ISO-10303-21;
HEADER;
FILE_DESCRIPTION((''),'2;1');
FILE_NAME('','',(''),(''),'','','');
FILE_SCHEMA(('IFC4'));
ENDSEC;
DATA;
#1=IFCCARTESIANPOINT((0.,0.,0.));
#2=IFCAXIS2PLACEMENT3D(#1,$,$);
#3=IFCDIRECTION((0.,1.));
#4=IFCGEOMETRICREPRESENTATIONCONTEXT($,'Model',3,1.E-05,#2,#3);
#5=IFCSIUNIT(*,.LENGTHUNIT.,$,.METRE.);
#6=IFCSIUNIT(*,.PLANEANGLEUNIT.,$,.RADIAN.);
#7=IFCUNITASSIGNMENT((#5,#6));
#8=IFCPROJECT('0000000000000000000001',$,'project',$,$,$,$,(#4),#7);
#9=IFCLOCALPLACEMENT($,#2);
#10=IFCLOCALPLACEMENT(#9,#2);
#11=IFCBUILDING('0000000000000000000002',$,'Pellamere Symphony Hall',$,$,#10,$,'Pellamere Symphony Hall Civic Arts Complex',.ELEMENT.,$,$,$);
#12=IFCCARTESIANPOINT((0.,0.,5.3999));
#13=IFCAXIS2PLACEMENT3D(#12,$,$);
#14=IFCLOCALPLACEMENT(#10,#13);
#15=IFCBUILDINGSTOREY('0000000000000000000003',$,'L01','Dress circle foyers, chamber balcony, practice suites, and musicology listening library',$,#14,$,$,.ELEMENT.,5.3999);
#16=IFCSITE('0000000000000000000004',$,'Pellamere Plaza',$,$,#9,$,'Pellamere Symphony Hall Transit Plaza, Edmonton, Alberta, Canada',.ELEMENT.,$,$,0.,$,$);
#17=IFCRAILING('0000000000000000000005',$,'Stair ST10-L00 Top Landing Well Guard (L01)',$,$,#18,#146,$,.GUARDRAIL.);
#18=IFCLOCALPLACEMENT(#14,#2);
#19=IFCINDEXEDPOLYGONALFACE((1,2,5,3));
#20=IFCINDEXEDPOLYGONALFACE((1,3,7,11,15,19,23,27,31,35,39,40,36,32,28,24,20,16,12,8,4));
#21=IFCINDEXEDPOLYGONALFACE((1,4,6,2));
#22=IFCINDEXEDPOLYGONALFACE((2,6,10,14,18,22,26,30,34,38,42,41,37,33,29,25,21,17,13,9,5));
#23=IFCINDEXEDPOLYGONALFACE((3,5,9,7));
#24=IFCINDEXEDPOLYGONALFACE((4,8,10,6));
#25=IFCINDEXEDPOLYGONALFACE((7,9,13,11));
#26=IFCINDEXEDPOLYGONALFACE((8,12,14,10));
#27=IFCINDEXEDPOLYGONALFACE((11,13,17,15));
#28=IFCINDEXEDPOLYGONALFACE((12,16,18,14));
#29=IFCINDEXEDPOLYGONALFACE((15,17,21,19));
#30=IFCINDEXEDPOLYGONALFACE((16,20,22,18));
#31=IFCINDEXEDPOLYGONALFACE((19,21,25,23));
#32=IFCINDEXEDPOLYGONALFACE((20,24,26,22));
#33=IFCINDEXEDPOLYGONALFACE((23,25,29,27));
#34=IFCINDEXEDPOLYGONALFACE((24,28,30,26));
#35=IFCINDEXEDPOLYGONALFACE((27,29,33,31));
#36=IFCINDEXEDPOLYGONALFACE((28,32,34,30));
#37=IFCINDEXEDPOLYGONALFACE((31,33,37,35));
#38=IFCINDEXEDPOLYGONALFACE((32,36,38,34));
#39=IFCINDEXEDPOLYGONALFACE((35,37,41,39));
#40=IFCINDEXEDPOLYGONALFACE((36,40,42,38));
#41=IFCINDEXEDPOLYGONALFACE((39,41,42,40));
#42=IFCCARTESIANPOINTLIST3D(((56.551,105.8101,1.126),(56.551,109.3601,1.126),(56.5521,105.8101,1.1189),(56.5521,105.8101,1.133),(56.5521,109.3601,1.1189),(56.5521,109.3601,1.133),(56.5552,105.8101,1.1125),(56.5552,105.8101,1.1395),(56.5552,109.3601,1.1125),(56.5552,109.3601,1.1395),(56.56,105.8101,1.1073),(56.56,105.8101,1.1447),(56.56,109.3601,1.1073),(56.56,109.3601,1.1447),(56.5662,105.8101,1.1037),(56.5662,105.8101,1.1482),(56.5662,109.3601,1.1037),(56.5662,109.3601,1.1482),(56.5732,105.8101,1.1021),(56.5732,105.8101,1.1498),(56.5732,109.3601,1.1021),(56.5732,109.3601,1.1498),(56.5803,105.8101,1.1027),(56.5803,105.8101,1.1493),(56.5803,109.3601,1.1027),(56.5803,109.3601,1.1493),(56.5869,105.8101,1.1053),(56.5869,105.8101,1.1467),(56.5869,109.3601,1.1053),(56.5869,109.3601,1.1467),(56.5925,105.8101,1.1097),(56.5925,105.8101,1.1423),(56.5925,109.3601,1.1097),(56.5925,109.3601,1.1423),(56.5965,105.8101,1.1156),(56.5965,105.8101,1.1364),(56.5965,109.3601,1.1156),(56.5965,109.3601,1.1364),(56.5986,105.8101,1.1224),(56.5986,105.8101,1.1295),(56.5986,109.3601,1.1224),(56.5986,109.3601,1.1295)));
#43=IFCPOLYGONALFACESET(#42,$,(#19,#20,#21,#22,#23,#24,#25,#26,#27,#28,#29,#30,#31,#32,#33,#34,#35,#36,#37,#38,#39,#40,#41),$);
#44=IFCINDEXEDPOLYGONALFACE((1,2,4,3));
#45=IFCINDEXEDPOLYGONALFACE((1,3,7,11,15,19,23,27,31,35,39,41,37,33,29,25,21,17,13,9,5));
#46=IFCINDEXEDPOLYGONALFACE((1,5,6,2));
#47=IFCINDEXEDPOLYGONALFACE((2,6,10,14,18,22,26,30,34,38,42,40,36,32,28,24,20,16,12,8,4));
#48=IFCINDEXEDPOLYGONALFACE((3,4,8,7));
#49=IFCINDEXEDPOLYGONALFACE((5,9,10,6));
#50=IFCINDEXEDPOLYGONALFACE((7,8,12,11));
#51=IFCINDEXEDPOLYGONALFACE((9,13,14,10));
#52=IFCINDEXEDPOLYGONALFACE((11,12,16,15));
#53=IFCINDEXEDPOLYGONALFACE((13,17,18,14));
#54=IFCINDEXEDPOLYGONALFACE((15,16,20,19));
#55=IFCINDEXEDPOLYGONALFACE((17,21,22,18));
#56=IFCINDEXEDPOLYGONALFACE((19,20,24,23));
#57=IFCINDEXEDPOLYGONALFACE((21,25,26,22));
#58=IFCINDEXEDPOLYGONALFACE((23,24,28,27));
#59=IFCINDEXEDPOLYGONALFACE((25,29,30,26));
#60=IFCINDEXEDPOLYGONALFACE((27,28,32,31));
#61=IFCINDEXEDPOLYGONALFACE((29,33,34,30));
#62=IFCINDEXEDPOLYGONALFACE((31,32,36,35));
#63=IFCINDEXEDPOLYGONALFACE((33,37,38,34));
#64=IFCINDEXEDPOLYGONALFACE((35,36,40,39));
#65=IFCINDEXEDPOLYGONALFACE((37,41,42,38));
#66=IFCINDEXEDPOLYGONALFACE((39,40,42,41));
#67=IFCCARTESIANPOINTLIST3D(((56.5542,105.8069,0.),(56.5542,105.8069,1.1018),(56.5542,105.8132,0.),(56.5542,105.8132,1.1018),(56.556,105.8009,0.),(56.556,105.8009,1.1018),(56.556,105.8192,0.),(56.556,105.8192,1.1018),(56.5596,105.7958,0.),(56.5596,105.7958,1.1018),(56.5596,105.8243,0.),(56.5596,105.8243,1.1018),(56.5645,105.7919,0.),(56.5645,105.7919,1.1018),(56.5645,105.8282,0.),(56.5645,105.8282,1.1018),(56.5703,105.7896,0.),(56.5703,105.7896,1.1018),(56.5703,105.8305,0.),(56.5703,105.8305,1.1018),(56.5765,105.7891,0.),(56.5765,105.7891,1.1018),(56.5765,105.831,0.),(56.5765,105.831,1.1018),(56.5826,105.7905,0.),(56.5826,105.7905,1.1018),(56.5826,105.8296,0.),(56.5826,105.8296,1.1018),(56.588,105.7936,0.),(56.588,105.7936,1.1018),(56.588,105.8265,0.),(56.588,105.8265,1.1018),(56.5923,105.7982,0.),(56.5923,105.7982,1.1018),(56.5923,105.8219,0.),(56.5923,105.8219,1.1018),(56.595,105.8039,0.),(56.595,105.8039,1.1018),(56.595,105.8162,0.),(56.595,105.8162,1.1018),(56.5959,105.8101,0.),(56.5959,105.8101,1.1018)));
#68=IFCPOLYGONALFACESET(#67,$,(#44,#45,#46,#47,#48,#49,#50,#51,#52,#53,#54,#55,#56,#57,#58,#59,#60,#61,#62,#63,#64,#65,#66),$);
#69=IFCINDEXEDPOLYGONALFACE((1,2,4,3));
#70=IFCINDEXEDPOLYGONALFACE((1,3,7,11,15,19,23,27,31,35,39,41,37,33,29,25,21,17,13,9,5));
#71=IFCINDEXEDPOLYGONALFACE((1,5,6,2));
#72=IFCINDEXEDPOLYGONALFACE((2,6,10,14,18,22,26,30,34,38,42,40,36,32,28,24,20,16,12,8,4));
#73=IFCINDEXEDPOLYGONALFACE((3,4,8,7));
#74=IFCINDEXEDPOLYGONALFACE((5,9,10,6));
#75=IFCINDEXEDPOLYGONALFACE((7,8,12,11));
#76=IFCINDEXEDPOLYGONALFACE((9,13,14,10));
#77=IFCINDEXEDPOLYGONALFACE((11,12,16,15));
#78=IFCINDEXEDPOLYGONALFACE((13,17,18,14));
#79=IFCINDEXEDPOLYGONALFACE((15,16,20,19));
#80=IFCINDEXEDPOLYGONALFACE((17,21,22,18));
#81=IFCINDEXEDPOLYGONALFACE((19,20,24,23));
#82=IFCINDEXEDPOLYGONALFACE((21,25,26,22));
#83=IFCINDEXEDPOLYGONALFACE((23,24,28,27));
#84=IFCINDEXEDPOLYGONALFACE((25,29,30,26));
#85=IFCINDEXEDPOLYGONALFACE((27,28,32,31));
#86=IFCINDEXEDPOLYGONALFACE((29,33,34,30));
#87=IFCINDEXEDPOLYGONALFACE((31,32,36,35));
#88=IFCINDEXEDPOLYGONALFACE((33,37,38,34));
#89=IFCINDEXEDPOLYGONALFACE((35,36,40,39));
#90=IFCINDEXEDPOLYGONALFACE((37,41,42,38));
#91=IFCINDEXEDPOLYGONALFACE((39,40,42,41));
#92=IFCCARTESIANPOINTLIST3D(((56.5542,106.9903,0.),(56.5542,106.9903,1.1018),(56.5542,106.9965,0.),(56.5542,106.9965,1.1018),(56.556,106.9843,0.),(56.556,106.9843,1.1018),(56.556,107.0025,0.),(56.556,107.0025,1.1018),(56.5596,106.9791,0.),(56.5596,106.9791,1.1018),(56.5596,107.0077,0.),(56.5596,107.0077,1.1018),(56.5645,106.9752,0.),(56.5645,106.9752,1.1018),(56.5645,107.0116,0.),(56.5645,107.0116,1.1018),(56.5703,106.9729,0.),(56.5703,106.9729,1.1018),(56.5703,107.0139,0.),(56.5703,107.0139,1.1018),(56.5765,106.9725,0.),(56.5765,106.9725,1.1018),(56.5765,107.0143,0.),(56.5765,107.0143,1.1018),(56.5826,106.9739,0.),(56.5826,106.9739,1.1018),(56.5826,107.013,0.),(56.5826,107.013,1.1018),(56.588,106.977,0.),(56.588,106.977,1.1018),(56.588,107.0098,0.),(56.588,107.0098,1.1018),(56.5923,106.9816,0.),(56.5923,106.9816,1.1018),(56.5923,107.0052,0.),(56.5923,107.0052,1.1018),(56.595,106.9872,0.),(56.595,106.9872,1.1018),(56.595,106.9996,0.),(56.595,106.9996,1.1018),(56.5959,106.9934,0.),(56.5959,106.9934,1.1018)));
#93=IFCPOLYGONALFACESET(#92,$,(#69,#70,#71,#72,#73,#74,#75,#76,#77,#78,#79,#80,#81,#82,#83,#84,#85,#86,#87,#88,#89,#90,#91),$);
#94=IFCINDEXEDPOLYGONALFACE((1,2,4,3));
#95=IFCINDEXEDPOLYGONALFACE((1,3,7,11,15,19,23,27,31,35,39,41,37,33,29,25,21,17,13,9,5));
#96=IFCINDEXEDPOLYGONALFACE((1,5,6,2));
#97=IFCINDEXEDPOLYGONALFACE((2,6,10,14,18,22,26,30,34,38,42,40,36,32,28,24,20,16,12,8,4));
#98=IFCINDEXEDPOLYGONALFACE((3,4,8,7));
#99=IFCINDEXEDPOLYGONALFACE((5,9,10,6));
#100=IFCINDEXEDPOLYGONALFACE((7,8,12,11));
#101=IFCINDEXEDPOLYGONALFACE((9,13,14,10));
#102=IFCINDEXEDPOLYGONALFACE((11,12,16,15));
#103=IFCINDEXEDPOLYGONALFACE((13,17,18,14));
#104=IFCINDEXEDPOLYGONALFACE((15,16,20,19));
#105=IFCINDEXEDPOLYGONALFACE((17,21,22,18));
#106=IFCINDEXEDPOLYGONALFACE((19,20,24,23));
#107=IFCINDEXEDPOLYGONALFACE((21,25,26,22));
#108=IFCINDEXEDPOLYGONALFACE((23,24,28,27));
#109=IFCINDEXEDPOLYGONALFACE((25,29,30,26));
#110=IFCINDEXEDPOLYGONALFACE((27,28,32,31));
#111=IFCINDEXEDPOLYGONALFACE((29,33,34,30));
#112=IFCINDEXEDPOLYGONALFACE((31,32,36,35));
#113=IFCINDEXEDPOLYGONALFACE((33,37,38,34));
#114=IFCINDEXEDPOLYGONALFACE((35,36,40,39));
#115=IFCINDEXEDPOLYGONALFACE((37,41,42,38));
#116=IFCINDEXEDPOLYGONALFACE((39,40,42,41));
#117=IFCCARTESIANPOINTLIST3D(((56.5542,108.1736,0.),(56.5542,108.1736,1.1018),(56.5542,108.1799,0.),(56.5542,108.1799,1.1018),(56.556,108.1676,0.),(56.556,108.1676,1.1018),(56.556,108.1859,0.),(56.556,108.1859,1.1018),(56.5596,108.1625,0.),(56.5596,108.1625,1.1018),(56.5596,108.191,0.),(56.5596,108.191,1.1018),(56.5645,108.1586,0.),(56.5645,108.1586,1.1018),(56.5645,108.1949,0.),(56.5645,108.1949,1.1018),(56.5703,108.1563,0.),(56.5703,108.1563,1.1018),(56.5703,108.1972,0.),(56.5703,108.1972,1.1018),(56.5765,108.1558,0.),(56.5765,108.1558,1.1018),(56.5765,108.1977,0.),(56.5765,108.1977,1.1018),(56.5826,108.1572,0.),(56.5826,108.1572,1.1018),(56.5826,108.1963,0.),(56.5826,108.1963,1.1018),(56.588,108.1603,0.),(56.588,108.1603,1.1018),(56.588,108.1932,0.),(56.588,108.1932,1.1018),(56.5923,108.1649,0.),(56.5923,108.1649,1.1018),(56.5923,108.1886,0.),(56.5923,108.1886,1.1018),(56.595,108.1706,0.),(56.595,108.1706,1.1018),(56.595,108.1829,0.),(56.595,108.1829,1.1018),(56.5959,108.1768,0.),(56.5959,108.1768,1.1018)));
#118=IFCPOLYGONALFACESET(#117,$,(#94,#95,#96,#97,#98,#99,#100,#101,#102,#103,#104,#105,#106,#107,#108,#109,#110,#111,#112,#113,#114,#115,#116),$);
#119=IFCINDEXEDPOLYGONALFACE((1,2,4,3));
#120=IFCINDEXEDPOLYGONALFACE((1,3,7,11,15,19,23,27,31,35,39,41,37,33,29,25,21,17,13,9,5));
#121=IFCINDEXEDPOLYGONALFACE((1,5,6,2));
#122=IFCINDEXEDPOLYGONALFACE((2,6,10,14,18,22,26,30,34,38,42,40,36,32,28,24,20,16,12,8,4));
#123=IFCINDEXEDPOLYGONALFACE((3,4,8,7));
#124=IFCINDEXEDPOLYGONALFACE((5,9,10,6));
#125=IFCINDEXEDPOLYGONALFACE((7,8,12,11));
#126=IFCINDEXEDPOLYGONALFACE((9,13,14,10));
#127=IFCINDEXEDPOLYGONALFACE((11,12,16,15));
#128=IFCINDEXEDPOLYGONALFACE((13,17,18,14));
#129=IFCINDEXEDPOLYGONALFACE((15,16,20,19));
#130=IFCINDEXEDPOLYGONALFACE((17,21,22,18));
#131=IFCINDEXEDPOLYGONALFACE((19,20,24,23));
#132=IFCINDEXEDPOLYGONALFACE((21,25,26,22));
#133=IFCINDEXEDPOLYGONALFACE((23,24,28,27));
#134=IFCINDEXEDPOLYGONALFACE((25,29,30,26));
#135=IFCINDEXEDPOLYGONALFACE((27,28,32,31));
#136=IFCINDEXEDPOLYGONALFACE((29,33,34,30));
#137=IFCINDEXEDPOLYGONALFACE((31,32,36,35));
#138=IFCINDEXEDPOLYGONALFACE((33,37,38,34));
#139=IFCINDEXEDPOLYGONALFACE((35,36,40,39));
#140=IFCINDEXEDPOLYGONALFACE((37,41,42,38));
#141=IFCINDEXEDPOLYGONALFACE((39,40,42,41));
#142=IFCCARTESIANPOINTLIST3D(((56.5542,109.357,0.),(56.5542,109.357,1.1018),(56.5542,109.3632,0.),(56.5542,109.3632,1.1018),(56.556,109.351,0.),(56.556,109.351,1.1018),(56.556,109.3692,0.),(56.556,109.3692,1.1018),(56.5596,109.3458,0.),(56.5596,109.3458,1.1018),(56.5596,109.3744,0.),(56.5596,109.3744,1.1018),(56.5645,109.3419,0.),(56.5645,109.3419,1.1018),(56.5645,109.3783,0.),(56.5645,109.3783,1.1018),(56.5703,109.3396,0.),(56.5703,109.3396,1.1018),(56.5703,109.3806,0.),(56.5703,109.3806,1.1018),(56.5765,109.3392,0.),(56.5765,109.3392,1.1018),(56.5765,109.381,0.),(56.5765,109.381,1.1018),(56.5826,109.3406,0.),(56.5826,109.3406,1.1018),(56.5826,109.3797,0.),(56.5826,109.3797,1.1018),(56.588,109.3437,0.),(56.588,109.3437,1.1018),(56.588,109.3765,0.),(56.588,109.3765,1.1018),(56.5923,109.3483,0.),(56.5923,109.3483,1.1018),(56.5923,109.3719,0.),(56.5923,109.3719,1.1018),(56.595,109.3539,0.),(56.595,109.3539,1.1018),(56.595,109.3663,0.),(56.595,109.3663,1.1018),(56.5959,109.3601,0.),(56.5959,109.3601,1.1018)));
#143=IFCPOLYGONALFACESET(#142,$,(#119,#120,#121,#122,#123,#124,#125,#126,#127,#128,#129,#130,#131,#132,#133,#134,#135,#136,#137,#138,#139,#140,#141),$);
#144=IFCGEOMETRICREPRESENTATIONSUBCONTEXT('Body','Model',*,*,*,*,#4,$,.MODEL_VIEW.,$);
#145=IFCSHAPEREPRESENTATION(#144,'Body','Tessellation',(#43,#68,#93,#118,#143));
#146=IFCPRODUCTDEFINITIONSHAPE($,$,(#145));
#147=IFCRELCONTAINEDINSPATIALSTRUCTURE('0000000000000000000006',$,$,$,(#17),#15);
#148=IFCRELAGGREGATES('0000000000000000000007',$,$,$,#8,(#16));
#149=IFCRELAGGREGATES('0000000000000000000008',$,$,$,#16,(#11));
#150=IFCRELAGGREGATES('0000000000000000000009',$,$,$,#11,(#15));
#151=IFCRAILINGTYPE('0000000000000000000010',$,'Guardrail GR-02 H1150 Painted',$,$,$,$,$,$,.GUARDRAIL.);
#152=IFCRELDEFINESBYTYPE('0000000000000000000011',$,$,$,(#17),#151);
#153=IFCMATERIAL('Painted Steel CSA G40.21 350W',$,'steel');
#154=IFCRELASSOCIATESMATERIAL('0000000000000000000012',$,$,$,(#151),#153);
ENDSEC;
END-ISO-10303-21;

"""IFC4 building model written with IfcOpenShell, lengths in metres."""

from ifc_helpers import new_model, si_unit, direction, frame, origin, origin_2d, place, context, subcontext, project, spatial, circle, extrude, material, type_object, element, save


model = new_model("IFC4")

# Units and contexts
model_context = context("Model", 3, precision=1e-05, world=origin(), true_north=direction((0.0, 1.0)))
body_context = subcontext(model_context, "Body", "Model", "MODEL_VIEW")
ifc_project = project(units=[si_unit("LENGTHUNIT", "METRE"), si_unit("PLANEANGLEUNIT", "RADIAN")], contexts=[model_context])

# Site, building, storey
site_placement = place(None, origin())
site = spatial("IfcSite", under=ifc_project, at=site_placement, Name="Pellamere Plaza", LongName="Pellamere Symphony Hall Transit Plaza, Edmonton, Alberta, Canada", CompositionType="ELEMENT", RefElevation=0.0)
building_placement = place(site_placement, origin())
building = spatial("IfcBuilding", under=site, at=building_placement, Name="Pellamere Symphony Hall", LongName="Pellamere Symphony Hall Civic Arts Complex", CompositionType="ELEMENT")
storey_placement = place(building_placement, frame((0.0, 0.0, 5.3999)))
storey = spatial("IfcBuildingStorey", under=building, at=storey_placement, Name="L01", Description="Dress circle foyers, chamber balcony, practice suites, and musicology listening library", CompositionType="ELEMENT", Elevation=5.3999)

# Railing
ifc_material_1 = material(Name="Painted Steel CSA G40.21 350W", Category="steel")
railing_type_1 = type_object("IfcRailingType", Name="Guardrail GR-02 H1150 Painted", PredefinedType="GUARDRAIL", material=ifc_material_1)
railing_1_placement = place(storey_placement, frame((56.575, 105.8101, 0.0)))
element("IfcRailing", 1, at=railing_1_placement, inside=storey, type_object=railing_type_1, Name="Stair ST10-L00 Top Landing Well Guard (L01)", PredefinedType="GUARDRAIL", context=body_context, shape_type="SweptSolid", body=[
    extrude(circle(Radius=0.0239, at=origin_2d()), frame((0.0, 0.0, 1.126), z_axis=(0.0, 1.0, 0.0), x_axis=(-1.0, 0.0, 0.0)), (0.0, 0.0, 1.0), 3.55),
    extrude(circle(Radius=0.021, at=origin_2d()), origin(), (0.0, 0.0, 1.0), 1.1018),
    extrude(circle(Radius=0.021, at=origin_2d()), frame((0.0, 1.1833, 0.0)), (0.0, 0.0, 1.0), 1.1018),
    extrude(circle(Radius=0.021, at=origin_2d()), frame((0.0, 2.3667, 0.0)), (0.0, 0.0, 1.0), 1.1018),
    extrude(circle(Radius=0.021, at=origin_2d()), frame((0.0, 3.55, 0.0)), (0.0, 0.0, 1.0), 1.1018),
])

save(model, "model.ifc")
